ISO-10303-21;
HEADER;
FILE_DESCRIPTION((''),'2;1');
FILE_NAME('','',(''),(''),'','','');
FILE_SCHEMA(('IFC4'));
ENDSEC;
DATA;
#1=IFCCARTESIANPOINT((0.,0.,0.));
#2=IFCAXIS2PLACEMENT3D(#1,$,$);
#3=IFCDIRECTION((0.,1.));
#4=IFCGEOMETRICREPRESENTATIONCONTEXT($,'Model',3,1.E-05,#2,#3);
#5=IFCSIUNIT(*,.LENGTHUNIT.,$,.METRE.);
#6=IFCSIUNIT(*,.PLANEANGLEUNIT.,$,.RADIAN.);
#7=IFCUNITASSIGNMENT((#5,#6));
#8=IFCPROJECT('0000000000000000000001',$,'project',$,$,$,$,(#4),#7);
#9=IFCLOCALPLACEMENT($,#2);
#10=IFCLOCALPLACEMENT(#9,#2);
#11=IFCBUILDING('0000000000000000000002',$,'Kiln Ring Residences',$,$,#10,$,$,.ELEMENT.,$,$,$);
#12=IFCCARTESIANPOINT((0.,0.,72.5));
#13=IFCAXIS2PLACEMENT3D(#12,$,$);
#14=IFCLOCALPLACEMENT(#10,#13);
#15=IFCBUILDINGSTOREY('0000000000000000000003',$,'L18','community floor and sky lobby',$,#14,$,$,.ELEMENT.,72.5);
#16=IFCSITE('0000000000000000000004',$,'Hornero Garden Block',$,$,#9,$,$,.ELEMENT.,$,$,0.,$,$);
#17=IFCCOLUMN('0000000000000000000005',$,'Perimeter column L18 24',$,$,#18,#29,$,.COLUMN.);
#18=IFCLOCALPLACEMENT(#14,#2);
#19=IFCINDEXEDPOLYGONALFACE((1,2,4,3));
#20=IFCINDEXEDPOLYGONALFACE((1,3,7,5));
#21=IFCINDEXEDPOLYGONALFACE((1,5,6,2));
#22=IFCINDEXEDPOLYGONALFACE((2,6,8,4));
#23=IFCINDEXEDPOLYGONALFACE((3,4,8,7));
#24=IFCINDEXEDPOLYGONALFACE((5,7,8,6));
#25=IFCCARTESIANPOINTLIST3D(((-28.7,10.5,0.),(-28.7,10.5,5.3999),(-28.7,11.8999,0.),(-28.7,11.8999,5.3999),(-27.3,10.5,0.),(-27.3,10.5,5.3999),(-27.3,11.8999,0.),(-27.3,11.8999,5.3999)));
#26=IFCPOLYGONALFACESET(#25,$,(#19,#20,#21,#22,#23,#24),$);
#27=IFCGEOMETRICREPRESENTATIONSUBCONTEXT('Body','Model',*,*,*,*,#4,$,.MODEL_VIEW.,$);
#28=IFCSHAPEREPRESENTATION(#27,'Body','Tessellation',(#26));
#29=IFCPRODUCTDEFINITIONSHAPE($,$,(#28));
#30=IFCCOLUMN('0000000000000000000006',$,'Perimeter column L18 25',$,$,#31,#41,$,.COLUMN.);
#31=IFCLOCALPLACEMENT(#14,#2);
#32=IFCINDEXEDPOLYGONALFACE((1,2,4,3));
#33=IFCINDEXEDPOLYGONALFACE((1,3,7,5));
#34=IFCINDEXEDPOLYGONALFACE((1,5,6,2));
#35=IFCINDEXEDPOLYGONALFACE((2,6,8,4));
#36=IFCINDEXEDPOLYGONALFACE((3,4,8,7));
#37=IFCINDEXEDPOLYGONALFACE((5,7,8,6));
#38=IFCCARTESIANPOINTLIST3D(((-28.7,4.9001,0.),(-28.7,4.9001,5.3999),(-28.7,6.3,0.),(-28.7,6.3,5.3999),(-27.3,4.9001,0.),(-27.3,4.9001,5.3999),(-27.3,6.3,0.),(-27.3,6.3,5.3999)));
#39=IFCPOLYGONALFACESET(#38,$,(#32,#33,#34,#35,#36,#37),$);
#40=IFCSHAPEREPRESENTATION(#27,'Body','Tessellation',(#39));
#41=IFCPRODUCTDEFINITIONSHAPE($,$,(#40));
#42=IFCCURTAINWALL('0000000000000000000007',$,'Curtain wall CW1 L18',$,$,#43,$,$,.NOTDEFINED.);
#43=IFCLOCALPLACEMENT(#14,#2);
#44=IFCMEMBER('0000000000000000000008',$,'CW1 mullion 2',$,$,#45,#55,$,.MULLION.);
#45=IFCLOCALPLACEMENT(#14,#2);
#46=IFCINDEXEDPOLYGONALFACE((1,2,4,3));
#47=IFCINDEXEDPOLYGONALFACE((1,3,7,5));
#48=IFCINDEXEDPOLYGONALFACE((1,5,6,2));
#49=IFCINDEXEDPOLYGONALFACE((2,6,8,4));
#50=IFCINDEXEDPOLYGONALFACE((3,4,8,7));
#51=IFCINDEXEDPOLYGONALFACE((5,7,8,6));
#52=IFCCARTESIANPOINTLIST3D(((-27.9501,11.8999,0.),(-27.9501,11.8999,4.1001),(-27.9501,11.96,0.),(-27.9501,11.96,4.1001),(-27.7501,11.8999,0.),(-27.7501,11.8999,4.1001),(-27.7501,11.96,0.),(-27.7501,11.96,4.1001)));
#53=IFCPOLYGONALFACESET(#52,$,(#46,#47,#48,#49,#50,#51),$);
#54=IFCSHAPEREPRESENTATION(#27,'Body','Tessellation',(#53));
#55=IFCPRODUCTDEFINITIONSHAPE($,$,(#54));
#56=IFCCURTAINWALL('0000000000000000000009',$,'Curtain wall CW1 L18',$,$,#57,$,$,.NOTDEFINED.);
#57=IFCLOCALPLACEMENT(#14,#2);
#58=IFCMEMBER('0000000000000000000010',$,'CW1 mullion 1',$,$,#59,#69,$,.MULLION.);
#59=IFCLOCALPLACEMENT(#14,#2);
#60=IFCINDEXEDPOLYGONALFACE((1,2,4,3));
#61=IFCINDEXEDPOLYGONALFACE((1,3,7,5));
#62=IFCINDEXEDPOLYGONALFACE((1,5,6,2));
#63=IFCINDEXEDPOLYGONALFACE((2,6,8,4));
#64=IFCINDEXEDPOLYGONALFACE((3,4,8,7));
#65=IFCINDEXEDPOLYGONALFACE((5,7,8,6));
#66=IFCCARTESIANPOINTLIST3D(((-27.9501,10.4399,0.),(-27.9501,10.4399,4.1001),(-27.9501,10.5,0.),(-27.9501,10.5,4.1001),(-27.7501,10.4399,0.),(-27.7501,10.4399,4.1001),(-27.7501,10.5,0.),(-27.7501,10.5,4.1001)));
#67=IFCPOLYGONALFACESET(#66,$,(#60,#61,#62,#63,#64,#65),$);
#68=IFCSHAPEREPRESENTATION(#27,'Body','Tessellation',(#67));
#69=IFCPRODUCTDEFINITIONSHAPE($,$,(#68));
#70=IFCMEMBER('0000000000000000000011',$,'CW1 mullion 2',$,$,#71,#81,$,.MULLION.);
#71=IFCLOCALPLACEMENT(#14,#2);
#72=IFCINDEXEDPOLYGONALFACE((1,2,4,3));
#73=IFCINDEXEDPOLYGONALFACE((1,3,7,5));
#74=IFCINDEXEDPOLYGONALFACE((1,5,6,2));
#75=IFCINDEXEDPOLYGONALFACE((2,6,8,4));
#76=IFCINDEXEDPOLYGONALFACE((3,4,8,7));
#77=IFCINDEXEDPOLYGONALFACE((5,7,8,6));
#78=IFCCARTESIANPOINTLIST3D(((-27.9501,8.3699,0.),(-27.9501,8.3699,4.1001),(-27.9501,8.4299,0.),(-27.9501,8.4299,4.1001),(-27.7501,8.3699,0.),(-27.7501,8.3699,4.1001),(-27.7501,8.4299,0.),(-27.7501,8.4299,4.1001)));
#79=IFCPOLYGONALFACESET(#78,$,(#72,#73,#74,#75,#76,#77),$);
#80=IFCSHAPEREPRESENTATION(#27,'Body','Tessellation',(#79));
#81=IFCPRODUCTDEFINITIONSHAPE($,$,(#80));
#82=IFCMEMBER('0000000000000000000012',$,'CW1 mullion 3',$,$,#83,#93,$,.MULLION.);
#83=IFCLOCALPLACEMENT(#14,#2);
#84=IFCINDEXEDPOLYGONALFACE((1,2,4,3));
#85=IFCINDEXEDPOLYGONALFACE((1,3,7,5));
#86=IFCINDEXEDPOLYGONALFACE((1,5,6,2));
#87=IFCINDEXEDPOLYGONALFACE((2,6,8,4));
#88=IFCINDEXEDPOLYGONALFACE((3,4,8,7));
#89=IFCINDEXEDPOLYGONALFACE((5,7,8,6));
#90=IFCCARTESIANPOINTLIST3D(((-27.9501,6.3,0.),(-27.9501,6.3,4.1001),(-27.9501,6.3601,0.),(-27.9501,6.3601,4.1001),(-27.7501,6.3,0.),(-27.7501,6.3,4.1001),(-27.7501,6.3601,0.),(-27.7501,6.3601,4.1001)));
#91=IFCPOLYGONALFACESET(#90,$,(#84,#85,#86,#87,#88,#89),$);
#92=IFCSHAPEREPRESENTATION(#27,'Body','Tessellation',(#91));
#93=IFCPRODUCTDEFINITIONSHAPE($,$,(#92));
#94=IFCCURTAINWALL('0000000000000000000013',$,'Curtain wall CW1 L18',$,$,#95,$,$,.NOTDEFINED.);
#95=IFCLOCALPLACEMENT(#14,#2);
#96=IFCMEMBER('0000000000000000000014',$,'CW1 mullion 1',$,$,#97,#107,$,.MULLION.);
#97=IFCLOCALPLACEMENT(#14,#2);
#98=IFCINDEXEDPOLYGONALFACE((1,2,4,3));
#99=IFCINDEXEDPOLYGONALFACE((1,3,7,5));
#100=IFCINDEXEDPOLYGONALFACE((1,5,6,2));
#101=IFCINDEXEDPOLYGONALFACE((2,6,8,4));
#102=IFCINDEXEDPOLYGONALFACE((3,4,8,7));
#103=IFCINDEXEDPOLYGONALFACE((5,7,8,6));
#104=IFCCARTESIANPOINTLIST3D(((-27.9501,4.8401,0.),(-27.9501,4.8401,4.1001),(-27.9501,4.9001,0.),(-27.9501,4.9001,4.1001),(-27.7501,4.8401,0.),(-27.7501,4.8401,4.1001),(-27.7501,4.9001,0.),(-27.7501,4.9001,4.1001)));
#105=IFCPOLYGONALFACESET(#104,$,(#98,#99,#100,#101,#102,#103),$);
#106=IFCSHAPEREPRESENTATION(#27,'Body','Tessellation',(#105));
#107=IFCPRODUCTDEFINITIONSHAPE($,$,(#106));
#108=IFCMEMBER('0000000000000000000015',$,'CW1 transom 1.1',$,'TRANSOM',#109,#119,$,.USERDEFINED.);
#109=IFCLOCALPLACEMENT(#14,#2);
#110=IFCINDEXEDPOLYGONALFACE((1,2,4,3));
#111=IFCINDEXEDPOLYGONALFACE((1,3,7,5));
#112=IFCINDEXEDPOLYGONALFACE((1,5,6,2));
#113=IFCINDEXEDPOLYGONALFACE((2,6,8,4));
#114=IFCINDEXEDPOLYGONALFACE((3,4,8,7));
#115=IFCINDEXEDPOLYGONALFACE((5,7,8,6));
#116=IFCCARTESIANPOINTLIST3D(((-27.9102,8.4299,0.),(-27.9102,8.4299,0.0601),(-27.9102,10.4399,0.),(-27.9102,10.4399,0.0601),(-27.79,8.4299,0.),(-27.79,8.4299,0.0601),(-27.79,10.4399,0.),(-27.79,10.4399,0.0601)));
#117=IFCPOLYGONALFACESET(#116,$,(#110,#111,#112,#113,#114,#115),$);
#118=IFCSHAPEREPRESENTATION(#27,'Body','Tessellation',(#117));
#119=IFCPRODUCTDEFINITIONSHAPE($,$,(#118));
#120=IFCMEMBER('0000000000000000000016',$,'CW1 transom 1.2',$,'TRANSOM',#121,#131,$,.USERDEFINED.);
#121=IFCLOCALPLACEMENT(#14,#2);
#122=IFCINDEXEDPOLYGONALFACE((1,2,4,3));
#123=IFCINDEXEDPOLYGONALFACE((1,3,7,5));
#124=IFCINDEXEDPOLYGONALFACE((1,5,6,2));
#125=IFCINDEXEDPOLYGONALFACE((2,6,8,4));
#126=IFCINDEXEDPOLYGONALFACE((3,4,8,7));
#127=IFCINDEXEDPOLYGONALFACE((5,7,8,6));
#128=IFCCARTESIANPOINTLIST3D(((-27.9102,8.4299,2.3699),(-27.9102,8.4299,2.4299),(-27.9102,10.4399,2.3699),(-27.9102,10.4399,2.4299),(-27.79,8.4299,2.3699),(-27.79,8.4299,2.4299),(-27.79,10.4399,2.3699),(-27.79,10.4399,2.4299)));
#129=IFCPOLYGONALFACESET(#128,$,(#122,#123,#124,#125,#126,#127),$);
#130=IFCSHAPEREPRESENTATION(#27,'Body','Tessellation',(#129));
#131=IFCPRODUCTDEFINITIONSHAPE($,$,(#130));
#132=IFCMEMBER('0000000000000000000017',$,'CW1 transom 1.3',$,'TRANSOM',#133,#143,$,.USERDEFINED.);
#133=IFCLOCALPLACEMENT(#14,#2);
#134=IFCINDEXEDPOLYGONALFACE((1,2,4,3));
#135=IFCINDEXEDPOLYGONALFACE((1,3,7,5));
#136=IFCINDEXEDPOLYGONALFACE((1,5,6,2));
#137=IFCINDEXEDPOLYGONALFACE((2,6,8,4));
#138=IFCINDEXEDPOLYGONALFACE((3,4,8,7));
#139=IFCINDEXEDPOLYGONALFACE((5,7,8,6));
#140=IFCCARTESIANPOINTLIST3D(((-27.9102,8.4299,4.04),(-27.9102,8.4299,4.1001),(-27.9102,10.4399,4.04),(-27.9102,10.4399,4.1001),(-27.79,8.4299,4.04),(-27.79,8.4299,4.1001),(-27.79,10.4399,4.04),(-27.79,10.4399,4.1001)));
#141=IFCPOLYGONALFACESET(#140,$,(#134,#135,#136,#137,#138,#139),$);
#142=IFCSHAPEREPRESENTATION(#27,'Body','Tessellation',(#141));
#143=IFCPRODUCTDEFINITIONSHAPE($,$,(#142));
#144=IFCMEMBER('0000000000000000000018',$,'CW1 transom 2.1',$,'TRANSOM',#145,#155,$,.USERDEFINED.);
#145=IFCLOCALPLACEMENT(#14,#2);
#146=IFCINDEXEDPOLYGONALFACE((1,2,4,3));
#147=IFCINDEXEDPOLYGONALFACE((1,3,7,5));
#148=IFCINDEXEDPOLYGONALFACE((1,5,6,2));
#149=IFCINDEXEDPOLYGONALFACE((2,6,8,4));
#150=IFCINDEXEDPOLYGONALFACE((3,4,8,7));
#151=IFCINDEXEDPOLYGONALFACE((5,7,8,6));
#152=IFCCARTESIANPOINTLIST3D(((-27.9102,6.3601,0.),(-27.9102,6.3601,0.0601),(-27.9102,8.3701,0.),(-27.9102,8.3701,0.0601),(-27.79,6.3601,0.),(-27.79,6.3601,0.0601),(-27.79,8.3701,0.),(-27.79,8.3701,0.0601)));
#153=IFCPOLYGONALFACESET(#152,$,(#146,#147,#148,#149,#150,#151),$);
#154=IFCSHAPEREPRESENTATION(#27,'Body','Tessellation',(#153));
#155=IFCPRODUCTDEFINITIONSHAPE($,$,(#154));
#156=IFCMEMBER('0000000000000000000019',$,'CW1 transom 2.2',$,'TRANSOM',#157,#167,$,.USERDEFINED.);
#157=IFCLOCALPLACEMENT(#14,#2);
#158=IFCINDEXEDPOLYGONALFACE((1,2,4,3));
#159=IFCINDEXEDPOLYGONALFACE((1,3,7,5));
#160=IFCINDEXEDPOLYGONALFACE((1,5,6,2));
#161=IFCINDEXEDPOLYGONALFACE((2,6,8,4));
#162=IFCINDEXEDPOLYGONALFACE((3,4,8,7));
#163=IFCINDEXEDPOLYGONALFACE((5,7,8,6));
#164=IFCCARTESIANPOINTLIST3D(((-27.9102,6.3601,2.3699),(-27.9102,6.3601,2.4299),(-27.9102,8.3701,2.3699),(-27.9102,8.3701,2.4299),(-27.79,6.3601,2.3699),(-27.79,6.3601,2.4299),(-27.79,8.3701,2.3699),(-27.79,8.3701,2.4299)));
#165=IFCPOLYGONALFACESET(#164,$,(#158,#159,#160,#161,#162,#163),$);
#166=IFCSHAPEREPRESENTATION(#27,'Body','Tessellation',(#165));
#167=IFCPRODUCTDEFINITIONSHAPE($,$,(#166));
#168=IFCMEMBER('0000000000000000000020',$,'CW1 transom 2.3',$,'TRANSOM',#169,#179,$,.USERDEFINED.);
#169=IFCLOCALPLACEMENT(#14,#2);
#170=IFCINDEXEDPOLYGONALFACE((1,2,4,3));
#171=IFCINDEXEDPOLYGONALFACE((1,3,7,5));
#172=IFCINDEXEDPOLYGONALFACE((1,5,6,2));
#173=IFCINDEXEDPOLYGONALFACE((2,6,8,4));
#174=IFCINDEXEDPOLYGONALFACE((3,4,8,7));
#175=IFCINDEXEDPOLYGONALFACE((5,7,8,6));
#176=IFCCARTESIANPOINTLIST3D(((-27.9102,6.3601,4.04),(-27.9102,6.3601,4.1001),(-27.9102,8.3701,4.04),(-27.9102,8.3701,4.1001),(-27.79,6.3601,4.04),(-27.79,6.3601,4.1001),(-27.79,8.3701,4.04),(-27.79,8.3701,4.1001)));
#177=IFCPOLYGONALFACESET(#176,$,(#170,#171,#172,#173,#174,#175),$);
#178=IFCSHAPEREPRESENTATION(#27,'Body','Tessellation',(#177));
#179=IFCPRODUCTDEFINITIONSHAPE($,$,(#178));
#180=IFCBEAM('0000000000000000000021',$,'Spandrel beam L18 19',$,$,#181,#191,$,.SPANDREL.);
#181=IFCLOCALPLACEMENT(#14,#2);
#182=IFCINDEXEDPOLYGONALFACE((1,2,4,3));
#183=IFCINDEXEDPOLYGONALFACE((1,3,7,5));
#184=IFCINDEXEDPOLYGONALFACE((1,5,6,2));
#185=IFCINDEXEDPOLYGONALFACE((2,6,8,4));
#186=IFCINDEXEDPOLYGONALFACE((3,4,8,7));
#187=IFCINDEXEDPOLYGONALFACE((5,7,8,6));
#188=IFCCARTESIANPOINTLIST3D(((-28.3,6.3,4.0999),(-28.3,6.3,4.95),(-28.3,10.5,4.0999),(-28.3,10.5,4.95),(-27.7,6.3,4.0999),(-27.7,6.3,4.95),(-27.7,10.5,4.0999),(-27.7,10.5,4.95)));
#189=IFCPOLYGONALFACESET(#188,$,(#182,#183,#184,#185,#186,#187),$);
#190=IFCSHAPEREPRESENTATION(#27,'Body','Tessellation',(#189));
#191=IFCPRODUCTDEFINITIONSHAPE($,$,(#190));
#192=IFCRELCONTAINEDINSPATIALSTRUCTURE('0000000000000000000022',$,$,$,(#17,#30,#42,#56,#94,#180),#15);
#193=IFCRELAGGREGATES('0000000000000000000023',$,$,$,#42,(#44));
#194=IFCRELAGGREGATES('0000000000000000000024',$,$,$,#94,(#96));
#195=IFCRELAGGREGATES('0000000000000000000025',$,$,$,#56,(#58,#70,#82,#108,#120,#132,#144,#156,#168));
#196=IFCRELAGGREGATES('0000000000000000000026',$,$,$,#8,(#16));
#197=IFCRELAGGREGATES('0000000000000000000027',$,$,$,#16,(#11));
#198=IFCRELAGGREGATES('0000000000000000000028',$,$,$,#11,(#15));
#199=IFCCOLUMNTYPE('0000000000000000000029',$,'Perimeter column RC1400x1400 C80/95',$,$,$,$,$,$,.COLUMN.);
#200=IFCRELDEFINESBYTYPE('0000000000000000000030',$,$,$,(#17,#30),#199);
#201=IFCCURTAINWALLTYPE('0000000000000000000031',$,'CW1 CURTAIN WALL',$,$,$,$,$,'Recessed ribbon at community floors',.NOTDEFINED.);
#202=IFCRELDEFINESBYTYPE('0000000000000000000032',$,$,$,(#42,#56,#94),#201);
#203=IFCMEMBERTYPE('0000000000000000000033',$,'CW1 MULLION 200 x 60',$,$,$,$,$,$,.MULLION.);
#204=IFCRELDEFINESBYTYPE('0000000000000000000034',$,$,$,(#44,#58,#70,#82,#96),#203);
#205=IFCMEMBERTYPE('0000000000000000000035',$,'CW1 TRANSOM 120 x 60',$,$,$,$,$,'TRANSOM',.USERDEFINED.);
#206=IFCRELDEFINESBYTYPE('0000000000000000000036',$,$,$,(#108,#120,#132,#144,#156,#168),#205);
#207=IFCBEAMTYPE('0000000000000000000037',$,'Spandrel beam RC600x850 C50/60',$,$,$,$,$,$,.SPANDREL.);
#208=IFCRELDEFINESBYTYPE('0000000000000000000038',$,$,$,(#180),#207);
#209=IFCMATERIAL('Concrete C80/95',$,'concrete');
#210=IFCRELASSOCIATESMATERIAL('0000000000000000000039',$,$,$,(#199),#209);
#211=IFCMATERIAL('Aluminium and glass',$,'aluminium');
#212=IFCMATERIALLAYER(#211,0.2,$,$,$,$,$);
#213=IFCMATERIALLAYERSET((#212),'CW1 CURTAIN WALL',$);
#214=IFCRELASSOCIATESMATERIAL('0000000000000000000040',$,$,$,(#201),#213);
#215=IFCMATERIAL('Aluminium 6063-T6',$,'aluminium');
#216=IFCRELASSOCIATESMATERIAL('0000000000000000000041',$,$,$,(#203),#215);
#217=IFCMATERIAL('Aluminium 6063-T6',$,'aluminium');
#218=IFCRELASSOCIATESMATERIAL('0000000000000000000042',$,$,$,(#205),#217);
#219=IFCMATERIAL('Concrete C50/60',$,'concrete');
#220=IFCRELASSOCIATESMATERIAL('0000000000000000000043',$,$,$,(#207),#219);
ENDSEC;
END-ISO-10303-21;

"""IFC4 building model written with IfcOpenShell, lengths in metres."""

from ifc_helpers import new_model, si_unit, direction, frame, origin, origin_2d, place, context, subcontext, project, spatial, rectangle, extrude, material, layer, layer_set, material_profile, profile_set, type_object, element, aggregate, save


model = new_model("IFC4")

# Units and contexts
model_context = context("Model", 3, precision=1e-05, world=origin(), true_north=direction((0.0, 1.0)))
body_context = subcontext(model_context, "Body", "Model", "MODEL_VIEW")
ifc_project = project(units=[si_unit("LENGTHUNIT", "METRE"), si_unit("PLANEANGLEUNIT", "RADIAN")], contexts=[model_context])

# Site, building, storey
site_placement = place(None, origin())
site = spatial("IfcSite", under=ifc_project, at=site_placement, Name="Hornero Garden Block", CompositionType="ELEMENT", RefElevation=0.0)
building_placement = place(site_placement, origin())
building = spatial("IfcBuilding", under=site, at=building_placement, Name="Kiln Ring Residences", CompositionType="ELEMENT")
storey_placement = place(building_placement, frame((0.0, 0.0, 72.5)))
storey = spatial("IfcBuildingStorey", under=building, at=storey_placement, Name="L18", Description="community floor and sky lobby", CompositionType="ELEMENT", Elevation=72.5)

# Columns
ifc_material_1 = material(Name="Concrete C80/95", Category="concrete")
ifc_material_profile_1 = material_profile(ifc_material_1, rectangle(XDim=1.3999, YDim=1.3999, at=origin_2d()), Name="RC1400x1400")
ifc_profile_set_1 = profile_set([ifc_material_profile_1], Name="Concrete C80/95")
column_type = type_object("IfcColumnType", Name="Perimeter column RC1400x1400 C80/95", PredefinedType="COLUMN", material=ifc_profile_set_1)
for number, where, z_axis, x_axis, name in (
    (1, (-28.0, 11.2, 0.0), (0.0, 0.0, 1.0), (1.0, 0.0, 0.0), "Perimeter column L18 24"),
    (2, (-28.0, 5.6001, 0.0), (0.0, 0.0, 1.0), (1.0, 0.0, 0.0), "Perimeter column L18 25"),
):
    element("IfcColumn", number, at=place(storey_placement, frame(where, z_axis=z_axis, x_axis=x_axis)), inside=storey, type_object=column_type, Name=name, PredefinedType="COLUMN", context=body_context, shape_type="SweptSolid", body=[
        extrude(rectangle(XDim=1.3999, YDim=1.3999, at=origin_2d()), origin(), (0.0, 0.0, 1.0), 5.3999),
    ])

# Curtain wall, member
ifc_material_2 = material(Name="Aluminium and glass", Category="aluminium")
ifc_layer_1 = layer(ifc_material_2, 0.2)
ifc_layer_set_1 = layer_set([ifc_layer_1], Name="CW1 CURTAIN WALL")
curtain_wall_type = type_object("IfcCurtainWallType", Name="CW1 CURTAIN WALL", ElementType="Recessed ribbon at community floors", PredefinedType="NOTDEFINED", material=ifc_layer_set_1)
placement = place(storey_placement, origin())
curtain_wall_1 = element("IfcCurtainWall", 3, at=placement, inside=storey, type_object=curtain_wall_type, Name="Curtain wall CW1 L18", PredefinedType="NOTDEFINED")
ifc_material_3 = material(Name="Aluminium 6063-T6", Category="aluminium")
ifc_material_profile_2 = material_profile(ifc_material_3, rectangle(XDim=0.2, YDim=0.0601, at=origin_2d()), Name="AL 200x60")
ifc_profile_set_2 = profile_set([ifc_material_profile_2], Name="Aluminium 6063-T6")
member_type_1 = type_object("IfcMemberType", Name="CW1 MULLION 200 x 60", PredefinedType="MULLION", material=ifc_profile_set_2)
member_1_placement = place(storey_placement, frame((-27.8501, 11.9299, 0.0), z_axis=(0.0, 0.0, 1.0), x_axis=(1.0, 0.0, 0.0)))
member_1 = element("IfcMember", 4, at=member_1_placement, type_object=member_type_1, Name="CW1 mullion 2", PredefinedType="MULLION", context=body_context, shape_type="SweptSolid", body=[
    extrude(rectangle(XDim=0.2, YDim=0.0601, at=origin_2d()), origin(), (0.0, 0.0, 1.0), 4.1001),
])
aggregate(curtain_wall_1, [member_1])

# Curtain wall, members
curtain_wall_2 = element("IfcCurtainWall", 5, at=placement, inside=storey, type_object=curtain_wall_type, Name="Curtain wall CW1 L18", PredefinedType="NOTDEFINED")
member_2_placement = place(storey_placement, frame((-27.8501, 10.47, 0.0), z_axis=(0.0, 0.0, 1.0), x_axis=(1.0, 0.0, 0.0)))
member_2 = element("IfcMember", 6, at=member_2_placement, type_object=member_type_1, Name="CW1 mullion 1", PredefinedType="MULLION", context=body_context, shape_type="SweptSolid", body=[
    extrude(rectangle(XDim=0.2, YDim=0.0601, at=origin_2d()), origin(), (0.0, 0.0, 1.0), 4.1001),
])
member_3_placement = place(storey_placement, frame((-27.8501, 8.3999, 0.0), z_axis=(0.0, 0.0, 1.0), x_axis=(1.0, 0.0, 0.0)))
member_3 = element("IfcMember", 7, at=member_3_placement, type_object=member_type_1, Name="CW1 mullion 2", PredefinedType="MULLION", context=body_context, shape_type="SweptSolid", body=[
    extrude(rectangle(XDim=0.2, YDim=0.0601, at=origin_2d()), origin(), (0.0, 0.0, 1.0), 4.1001),
])
member_4_placement = place(storey_placement, frame((-27.8501, 6.3301, 0.0), z_axis=(0.0, 0.0, 1.0), x_axis=(1.0, 0.0, 0.0)))
member_4 = element("IfcMember", 8, at=member_4_placement, type_object=member_type_1, Name="CW1 mullion 3", PredefinedType="MULLION", context=body_context, shape_type="SweptSolid", body=[
    extrude(rectangle(XDim=0.2, YDim=0.0601, at=origin_2d()), origin(), (0.0, 0.0, 1.0), 4.1001),
])

# Curtain wall, member
curtain_wall_3 = element("IfcCurtainWall", 9, at=placement, inside=storey, type_object=curtain_wall_type, Name="Curtain wall CW1 L18", PredefinedType="NOTDEFINED")
member_5_placement = place(storey_placement, frame((-27.8501, 4.8701, 0.0), z_axis=(0.0, 0.0, 1.0), x_axis=(1.0, 0.0, 0.0)))
member_5 = element("IfcMember", 10, at=member_5_placement, type_object=member_type_1, Name="CW1 mullion 1", PredefinedType="MULLION", context=body_context, shape_type="SweptSolid", body=[
    extrude(rectangle(XDim=0.2, YDim=0.0601, at=origin_2d()), origin(), (0.0, 0.0, 1.0), 4.1001),
])
aggregate(curtain_wall_3, [member_5])

# Members
ifc_material_4 = material(Name="Aluminium 6063-T6", Category="aluminium")
ifc_material_profile_3 = material_profile(ifc_material_4, rectangle(XDim=0.1201, YDim=0.0601, at=origin_2d()), Name="AL 120x60")
ifc_profile_set_3 = profile_set([ifc_material_profile_3], Name="Aluminium 6063-T6")
member_type_2 = type_object("IfcMemberType", Name="CW1 TRANSOM 120 x 60", ElementType="TRANSOM", PredefinedType="USERDEFINED", material=ifc_profile_set_3)
member_6_placement = place(storey_placement, frame((-27.8501, 10.4399, 0.03), z_axis=(0.0, -1.0, 0.0), x_axis=(1.0, 0.0, 0.0)))
member_6 = element("IfcMember", 11, at=member_6_placement, type_object=member_type_2, Name="CW1 transom 1.1", ObjectType="TRANSOM", PredefinedType="USERDEFINED", context=body_context, shape_type="SweptSolid", body=[
    extrude(rectangle(XDim=0.1201, YDim=0.0601, at=origin_2d()), origin(), (0.0, 0.0, 1.0), 2.01),
])
member_7_placement = place(storey_placement, frame((-27.8501, 10.4399, 2.3999), z_axis=(0.0, -1.0, 0.0), x_axis=(1.0, 0.0, 0.0)))
member_7 = element("IfcMember", 12, at=member_7_placement, type_object=member_type_2, Name="CW1 transom 1.2", ObjectType="TRANSOM", PredefinedType="USERDEFINED", context=body_context, shape_type="SweptSolid", body=[
    extrude(rectangle(XDim=0.1201, YDim=0.0601, at=origin_2d()), origin(), (0.0, 0.0, 1.0), 2.01),
])
member_8_placement = place(storey_placement, frame((-27.8501, 10.4399, 4.0701), z_axis=(0.0, -1.0, 0.0), x_axis=(1.0, 0.0, 0.0)))
member_8 = element("IfcMember", 13, at=member_8_placement, type_object=member_type_2, Name="CW1 transom 1.3", ObjectType="TRANSOM", PredefinedType="USERDEFINED", context=body_context, shape_type="SweptSolid", body=[
    extrude(rectangle(XDim=0.1201, YDim=0.0601, at=origin_2d()), origin(), (0.0, 0.0, 1.0), 2.01),
])
member_9_placement = place(storey_placement, frame((-27.8501, 8.3701, 0.03), z_axis=(0.0, -1.0, 0.0), x_axis=(1.0, 0.0, 0.0)))
member_9 = element("IfcMember", 14, at=member_9_placement, type_object=member_type_2, Name="CW1 transom 2.1", ObjectType="TRANSOM", PredefinedType="USERDEFINED", context=body_context, shape_type="SweptSolid", body=[
    extrude(rectangle(XDim=0.1201, YDim=0.0601, at=origin_2d()), origin(), (0.0, 0.0, 1.0), 2.01),
])
member_10_placement = place(storey_placement, frame((-27.8501, 8.3701, 2.3999), z_axis=(0.0, -1.0, 0.0), x_axis=(1.0, 0.0, 0.0)))
member_10 = element("IfcMember", 15, at=member_10_placement, type_object=member_type_2, Name="CW1 transom 2.2", ObjectType="TRANSOM", PredefinedType="USERDEFINED", context=body_context, shape_type="SweptSolid", body=[
    extrude(rectangle(XDim=0.1201, YDim=0.0601, at=origin_2d()), origin(), (0.0, 0.0, 1.0), 2.01),
])
member_11_placement = place(storey_placement, frame((-27.8501, 8.3701, 4.0701), z_axis=(0.0, -1.0, 0.0), x_axis=(1.0, 0.0, 0.0)))
member_11 = element("IfcMember", 16, at=member_11_placement, type_object=member_type_2, Name="CW1 transom 2.3", ObjectType="TRANSOM", PredefinedType="USERDEFINED", context=body_context, shape_type="SweptSolid", body=[
    extrude(rectangle(XDim=0.1201, YDim=0.0601, at=origin_2d()), origin(), (0.0, 0.0, 1.0), 2.01),
])

# Beam
ifc_material_5 = material(Name="Concrete C50/60", Category="concrete")
ifc_material_profile_4 = material_profile(ifc_material_5, rectangle(XDim=0.6001, YDim=0.8501, at=origin_2d()), Name="RC600x850")
ifc_profile_set_4 = profile_set([ifc_material_profile_4], Name="Concrete C50/60")
beam_type = type_object("IfcBeamType", Name="Spandrel beam RC600x850 C50/60", PredefinedType="SPANDREL", material=ifc_profile_set_4)
for number, where, z_axis, x_axis, name in (
    (17, (-28.0, 10.5, 4.5249), (0.0, -1.0, 0.0), (1.0, 0.0, 0.0), "Spandrel beam L18 19"),
):
    element("IfcBeam", number, at=place(storey_placement, frame(where, z_axis=z_axis, x_axis=x_axis)), inside=storey, type_object=beam_type, Name=name, PredefinedType="SPANDREL", context=body_context, shape_type="SweptSolid", body=[
        extrude(rectangle(XDim=0.6001, YDim=0.8501, at=origin_2d()), origin(), (0.0, 0.0, 1.0), 4.2),
    ])

aggregate(curtain_wall_2, [member_2, member_3, member_4, member_6, member_7, member_8, member_9, member_10, member_11])

save(model, "model.ifc")
